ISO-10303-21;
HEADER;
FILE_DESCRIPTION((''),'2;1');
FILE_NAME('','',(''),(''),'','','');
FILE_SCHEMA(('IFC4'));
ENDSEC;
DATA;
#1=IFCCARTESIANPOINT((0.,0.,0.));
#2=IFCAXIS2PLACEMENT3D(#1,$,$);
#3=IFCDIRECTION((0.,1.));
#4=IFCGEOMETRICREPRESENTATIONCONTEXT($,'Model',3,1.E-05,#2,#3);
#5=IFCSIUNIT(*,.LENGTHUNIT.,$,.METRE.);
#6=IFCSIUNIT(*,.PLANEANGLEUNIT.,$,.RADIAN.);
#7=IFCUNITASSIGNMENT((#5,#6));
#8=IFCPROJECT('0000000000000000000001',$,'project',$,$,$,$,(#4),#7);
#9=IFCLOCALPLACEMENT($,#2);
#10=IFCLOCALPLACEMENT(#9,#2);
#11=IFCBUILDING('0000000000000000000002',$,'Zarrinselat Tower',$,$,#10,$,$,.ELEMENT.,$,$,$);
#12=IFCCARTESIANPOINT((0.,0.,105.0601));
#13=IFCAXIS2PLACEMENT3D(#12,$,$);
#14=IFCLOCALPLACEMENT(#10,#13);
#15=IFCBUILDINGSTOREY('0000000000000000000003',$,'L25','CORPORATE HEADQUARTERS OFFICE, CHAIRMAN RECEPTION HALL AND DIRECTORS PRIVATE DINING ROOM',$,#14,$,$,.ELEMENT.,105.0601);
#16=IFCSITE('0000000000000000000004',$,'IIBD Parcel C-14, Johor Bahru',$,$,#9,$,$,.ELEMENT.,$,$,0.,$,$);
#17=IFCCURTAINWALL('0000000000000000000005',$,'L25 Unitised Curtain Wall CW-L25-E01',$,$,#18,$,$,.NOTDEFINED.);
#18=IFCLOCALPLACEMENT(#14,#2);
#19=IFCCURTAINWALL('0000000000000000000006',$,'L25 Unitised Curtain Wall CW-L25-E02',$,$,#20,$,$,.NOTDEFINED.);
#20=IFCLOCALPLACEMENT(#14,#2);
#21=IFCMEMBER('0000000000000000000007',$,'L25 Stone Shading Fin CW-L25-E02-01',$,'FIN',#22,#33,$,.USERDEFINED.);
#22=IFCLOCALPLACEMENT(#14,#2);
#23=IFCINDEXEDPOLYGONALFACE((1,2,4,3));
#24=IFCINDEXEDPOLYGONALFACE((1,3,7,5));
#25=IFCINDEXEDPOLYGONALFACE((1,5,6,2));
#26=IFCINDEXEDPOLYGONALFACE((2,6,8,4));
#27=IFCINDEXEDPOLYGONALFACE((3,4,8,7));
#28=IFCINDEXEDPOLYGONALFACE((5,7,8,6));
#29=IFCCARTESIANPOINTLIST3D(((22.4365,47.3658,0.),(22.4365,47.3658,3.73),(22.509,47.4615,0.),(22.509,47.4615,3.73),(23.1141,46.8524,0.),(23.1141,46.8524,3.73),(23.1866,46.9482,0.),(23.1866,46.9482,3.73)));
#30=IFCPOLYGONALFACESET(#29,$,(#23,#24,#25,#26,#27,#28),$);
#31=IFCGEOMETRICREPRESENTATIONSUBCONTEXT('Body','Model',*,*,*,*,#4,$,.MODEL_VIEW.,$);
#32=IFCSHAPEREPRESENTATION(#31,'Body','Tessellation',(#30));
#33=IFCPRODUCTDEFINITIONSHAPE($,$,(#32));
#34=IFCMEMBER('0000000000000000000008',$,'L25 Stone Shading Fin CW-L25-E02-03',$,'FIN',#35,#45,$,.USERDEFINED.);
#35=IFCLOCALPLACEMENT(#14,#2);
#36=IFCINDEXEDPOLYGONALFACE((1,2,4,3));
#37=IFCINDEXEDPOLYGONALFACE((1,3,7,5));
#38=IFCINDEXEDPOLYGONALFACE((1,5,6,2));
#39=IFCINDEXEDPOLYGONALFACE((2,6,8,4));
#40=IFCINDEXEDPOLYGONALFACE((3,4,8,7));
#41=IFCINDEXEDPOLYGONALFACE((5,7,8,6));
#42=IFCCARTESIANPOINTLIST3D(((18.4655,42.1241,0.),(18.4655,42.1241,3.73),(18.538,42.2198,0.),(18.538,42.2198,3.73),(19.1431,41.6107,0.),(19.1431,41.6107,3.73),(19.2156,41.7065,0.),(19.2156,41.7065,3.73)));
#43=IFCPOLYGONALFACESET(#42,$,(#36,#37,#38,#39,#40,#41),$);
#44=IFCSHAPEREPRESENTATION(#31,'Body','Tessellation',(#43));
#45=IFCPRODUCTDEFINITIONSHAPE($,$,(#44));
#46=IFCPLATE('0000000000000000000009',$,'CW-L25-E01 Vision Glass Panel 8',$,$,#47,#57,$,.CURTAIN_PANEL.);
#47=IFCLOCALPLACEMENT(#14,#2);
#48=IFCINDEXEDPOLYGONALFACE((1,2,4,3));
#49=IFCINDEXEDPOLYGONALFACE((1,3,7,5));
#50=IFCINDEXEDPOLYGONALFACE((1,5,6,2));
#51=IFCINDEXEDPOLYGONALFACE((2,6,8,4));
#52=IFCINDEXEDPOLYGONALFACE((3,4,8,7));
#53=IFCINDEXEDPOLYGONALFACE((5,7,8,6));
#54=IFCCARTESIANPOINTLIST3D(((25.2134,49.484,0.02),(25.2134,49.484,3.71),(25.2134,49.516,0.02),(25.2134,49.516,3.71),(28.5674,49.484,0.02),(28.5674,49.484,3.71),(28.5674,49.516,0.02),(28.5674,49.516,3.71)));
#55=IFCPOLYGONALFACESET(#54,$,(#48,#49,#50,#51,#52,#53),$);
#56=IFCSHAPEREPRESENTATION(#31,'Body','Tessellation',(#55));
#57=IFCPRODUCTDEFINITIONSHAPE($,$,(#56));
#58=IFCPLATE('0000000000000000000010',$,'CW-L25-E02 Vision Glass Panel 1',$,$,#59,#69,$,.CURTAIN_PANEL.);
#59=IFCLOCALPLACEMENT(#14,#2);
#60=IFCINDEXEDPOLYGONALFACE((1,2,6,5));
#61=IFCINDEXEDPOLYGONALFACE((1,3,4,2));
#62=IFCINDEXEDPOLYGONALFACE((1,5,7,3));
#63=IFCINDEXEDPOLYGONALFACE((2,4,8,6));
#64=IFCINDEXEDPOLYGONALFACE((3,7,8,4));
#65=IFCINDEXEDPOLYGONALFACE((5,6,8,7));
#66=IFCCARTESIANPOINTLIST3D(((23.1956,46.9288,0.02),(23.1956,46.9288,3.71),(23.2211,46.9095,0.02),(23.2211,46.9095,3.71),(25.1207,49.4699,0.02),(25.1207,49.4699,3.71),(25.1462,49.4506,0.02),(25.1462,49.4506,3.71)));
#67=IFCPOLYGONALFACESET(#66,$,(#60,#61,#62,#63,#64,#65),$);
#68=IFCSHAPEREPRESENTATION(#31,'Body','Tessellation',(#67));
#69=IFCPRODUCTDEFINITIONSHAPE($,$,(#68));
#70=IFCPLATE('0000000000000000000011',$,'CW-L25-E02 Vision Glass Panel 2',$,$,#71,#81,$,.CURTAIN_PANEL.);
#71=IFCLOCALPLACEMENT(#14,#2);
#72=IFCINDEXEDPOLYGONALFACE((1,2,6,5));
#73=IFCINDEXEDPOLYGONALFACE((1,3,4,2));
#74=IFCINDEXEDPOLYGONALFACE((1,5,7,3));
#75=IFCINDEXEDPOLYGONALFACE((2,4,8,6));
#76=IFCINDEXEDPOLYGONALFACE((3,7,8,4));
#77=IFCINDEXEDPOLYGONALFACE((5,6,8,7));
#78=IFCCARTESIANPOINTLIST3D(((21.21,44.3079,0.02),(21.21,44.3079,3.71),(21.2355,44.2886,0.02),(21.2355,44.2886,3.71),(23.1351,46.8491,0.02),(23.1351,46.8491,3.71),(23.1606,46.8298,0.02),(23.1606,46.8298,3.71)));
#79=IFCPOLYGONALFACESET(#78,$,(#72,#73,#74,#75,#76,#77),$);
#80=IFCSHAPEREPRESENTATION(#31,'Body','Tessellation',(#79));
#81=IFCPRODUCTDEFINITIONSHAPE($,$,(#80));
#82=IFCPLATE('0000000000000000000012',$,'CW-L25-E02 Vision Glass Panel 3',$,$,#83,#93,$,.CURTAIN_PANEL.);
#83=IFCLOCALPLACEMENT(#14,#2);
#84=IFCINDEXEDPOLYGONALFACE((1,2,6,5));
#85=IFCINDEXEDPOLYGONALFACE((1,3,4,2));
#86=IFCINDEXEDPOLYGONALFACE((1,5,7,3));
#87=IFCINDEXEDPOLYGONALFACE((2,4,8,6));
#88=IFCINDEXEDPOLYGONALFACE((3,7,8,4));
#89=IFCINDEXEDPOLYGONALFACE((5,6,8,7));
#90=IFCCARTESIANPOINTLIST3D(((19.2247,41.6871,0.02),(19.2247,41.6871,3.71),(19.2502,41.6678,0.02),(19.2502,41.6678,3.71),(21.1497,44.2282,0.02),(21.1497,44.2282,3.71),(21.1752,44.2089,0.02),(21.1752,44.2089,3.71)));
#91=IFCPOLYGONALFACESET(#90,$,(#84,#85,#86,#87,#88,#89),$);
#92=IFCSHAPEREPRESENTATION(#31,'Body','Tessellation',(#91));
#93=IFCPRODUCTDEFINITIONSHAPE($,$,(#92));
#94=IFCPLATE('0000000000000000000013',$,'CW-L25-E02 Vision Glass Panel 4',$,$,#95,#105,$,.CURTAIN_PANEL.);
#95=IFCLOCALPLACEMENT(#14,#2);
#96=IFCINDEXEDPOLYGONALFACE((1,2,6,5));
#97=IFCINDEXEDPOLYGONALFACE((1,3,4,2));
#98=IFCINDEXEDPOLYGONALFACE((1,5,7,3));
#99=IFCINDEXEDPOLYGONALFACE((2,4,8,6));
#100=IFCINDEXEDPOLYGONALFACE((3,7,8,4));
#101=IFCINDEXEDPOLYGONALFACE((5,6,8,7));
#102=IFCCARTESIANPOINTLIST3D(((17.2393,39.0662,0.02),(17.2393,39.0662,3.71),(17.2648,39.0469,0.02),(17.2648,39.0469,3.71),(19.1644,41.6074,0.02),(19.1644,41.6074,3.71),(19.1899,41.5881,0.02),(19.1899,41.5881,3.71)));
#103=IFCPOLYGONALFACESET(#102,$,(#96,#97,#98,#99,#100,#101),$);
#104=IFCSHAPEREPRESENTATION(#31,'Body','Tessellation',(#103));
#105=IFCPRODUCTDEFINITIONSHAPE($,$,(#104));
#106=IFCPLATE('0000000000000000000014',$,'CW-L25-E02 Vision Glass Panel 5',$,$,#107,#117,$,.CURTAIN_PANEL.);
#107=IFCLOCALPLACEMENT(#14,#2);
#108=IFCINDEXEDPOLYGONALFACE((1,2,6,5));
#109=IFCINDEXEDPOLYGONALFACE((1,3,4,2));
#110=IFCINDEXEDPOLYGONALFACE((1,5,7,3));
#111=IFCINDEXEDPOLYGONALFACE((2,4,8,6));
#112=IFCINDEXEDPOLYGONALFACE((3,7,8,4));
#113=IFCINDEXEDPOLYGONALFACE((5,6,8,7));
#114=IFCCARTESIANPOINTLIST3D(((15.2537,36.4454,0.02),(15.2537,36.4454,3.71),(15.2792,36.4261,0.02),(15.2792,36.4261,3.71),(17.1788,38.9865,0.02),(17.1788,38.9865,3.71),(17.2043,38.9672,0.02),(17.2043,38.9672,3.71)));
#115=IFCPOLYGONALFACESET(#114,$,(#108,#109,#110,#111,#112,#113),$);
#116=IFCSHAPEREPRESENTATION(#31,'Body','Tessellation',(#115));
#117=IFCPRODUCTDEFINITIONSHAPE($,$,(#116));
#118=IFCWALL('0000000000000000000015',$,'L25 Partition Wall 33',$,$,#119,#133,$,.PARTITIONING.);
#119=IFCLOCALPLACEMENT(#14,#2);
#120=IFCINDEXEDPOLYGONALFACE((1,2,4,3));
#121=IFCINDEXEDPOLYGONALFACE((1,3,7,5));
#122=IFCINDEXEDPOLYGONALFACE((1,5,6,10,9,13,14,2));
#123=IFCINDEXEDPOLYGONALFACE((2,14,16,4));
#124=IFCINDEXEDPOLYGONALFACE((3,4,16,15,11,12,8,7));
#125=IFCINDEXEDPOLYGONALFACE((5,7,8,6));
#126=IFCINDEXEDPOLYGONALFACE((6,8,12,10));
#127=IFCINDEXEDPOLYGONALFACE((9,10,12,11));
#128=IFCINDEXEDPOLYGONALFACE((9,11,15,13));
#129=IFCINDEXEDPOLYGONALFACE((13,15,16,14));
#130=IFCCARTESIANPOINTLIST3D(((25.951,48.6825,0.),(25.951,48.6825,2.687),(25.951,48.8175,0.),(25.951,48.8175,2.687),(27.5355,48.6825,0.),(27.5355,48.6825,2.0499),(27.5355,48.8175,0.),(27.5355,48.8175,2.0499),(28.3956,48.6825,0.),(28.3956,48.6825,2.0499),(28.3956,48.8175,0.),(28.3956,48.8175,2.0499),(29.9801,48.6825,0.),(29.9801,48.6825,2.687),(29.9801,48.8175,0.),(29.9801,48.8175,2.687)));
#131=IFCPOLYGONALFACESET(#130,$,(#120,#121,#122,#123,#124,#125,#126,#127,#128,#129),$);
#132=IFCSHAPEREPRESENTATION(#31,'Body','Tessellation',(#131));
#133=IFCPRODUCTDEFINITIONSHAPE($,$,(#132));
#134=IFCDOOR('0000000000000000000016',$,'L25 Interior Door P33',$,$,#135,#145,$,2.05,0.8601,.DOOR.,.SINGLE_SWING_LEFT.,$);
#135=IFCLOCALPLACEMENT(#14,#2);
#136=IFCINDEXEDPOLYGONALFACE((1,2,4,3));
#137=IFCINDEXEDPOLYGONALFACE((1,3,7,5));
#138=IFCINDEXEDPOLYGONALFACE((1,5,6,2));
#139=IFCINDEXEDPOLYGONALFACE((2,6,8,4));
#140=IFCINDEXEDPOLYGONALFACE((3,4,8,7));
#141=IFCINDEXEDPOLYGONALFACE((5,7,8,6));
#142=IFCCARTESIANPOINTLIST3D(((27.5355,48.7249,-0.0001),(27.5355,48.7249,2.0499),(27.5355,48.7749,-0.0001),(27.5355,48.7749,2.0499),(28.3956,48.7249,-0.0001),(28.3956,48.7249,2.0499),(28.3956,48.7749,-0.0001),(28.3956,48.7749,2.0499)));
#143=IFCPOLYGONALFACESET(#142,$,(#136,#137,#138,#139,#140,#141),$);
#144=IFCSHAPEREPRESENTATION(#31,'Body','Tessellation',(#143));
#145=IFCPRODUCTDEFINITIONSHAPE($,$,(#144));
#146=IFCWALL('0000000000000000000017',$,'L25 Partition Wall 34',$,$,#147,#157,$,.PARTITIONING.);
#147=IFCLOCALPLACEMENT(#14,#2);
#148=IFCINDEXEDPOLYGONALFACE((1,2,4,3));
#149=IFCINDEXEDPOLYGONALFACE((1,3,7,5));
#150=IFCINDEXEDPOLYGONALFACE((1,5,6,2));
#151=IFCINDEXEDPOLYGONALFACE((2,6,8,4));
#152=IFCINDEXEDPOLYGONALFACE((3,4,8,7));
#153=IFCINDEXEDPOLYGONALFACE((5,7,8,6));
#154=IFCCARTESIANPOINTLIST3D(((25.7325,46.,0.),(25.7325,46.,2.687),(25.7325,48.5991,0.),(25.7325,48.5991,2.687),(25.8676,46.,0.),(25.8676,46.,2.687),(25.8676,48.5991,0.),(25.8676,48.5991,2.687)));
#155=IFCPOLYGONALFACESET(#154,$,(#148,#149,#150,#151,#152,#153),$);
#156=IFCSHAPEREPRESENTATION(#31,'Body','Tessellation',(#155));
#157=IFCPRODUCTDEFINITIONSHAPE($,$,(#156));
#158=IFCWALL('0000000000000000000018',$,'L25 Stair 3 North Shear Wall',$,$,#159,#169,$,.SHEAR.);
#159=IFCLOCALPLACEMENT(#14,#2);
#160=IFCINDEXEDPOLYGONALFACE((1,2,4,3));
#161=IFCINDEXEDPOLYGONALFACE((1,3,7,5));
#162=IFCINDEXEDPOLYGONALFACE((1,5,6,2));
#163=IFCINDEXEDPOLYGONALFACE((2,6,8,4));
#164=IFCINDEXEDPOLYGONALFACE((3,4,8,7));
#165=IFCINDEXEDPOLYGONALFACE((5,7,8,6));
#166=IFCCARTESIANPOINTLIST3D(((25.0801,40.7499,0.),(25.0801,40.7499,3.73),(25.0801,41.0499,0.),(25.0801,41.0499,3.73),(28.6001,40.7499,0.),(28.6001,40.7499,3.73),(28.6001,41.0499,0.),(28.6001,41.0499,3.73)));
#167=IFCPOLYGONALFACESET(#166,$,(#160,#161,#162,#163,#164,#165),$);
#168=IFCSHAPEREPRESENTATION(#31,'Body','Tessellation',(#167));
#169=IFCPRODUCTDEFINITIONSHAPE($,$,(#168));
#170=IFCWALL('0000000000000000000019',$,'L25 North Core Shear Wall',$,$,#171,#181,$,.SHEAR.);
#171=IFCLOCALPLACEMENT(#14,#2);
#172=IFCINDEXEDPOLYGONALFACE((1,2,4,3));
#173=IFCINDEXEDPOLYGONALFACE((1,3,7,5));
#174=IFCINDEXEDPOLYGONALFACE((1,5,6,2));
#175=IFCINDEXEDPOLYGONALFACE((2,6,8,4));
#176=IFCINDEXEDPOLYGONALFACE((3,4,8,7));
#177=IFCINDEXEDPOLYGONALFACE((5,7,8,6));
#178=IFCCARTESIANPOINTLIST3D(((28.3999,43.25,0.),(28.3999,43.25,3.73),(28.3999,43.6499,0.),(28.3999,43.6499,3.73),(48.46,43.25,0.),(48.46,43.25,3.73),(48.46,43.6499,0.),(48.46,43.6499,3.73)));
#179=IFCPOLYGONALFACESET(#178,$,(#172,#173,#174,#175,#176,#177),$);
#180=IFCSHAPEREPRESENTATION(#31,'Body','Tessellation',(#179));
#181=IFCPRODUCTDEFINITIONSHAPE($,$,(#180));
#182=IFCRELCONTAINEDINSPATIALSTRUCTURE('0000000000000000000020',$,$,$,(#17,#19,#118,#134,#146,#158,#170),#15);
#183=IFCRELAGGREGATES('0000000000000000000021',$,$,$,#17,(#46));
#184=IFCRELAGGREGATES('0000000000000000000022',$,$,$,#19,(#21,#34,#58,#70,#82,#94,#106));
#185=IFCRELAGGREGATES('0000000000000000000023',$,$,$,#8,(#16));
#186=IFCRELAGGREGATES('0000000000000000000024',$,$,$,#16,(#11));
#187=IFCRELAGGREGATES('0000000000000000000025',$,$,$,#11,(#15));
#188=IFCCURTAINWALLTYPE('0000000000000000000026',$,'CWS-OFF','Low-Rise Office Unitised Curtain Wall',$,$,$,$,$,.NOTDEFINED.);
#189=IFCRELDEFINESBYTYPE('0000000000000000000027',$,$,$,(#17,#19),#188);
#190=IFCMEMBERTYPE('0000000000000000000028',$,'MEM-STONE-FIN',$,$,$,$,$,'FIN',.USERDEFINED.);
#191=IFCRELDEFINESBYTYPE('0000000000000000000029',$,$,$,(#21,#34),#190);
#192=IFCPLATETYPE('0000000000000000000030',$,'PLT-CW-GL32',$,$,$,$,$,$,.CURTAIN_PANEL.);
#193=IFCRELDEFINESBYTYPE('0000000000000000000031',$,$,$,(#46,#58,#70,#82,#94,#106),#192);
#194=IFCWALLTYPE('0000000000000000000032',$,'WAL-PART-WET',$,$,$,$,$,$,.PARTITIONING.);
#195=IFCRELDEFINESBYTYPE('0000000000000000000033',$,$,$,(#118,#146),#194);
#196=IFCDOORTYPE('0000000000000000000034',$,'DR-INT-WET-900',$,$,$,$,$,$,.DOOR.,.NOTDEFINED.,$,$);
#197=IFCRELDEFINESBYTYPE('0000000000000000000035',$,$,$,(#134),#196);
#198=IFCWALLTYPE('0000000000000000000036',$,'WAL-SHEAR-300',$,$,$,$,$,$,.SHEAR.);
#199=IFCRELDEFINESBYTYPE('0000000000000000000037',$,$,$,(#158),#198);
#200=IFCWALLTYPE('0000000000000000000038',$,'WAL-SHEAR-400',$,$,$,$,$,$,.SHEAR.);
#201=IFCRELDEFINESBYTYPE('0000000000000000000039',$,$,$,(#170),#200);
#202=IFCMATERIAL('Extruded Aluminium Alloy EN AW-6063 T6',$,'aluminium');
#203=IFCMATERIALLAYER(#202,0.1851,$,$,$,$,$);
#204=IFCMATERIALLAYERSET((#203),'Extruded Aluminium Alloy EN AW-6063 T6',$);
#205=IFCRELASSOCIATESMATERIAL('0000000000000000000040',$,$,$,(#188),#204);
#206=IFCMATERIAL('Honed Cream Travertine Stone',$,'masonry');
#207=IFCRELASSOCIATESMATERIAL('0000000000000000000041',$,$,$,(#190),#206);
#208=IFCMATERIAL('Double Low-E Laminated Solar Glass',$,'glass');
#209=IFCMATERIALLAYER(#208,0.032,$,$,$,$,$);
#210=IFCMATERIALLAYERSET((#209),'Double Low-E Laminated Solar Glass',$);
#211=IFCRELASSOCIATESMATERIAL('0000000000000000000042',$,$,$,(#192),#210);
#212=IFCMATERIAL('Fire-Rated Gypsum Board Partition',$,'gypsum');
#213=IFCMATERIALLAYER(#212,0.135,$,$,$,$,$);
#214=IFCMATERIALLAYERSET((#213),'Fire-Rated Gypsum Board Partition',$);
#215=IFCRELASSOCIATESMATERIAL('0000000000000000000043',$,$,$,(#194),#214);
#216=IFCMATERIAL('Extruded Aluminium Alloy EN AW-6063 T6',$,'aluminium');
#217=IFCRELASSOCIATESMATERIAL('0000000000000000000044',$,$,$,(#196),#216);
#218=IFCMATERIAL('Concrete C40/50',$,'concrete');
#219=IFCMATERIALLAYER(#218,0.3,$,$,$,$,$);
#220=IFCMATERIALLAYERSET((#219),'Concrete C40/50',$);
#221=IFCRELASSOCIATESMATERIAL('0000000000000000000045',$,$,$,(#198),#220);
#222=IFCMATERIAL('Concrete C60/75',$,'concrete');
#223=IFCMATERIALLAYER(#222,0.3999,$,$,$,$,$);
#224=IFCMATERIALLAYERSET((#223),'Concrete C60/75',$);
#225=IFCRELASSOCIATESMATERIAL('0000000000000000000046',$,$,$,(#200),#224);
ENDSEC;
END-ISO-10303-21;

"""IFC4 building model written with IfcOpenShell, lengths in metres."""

from ifc_helpers import new_model, si_unit, direction, frame, frame_2d, origin, origin_2d, place, context, subcontext, project, spatial, rectangle, extrude, material, layer, layer_set, material_profile, profile_set, type_object, element, fill, aggregate, save


model = new_model("IFC4")

# Units and contexts
model_context = context("Model", 3, precision=1e-05, world=origin(), true_north=direction((0.0, 1.0)))
body_context = subcontext(model_context, "Body", "Model", "MODEL_VIEW")
ifc_project = project(units=[si_unit("LENGTHUNIT", "METRE"), si_unit("PLANEANGLEUNIT", "RADIAN")], contexts=[model_context])

# Site, building, storey
site_placement = place(None, origin())
site = spatial("IfcSite", under=ifc_project, at=site_placement, Name="IIBD Parcel C-14, Johor Bahru", CompositionType="ELEMENT", RefElevation=0.0)
building_placement = place(site_placement, origin())
building = spatial("IfcBuilding", under=site, at=building_placement, Name="Zarrinselat Tower", CompositionType="ELEMENT")
storey_placement = place(building_placement, frame((0.0, 0.0, 105.0601)))
storey = spatial("IfcBuildingStorey", under=building, at=storey_placement, Name="L25", Description="CORPORATE HEADQUARTERS OFFICE, CHAIRMAN RECEPTION HALL AND DIRECTORS PRIVATE DINING ROOM", CompositionType="ELEMENT", Elevation=105.0601)

# Curtain walls
ifc_material_1 = material(Name="Extruded Aluminium Alloy EN AW-6063 T6", Category="aluminium")
ifc_layer_1 = layer(ifc_material_1, 0.1851)
ifc_layer_set_1 = layer_set([ifc_layer_1], Name="Extruded Aluminium Alloy EN AW-6063 T6")
curtain_wall_type = type_object("IfcCurtainWallType", Name="CWS-OFF", Description="Low-Rise Office Unitised Curtain Wall", PredefinedType="NOTDEFINED", material=ifc_layer_set_1)
curtain_wall_1_placement = place(storey_placement, origin())
curtain_wall_1 = element("IfcCurtainWall", 1, at=curtain_wall_1_placement, inside=storey, type_object=curtain_wall_type, Name="L25 Unitised Curtain Wall CW-L25-E01", PredefinedType="NOTDEFINED")
curtain_wall_2_placement = place(storey_placement, origin())
curtain_wall_2 = element("IfcCurtainWall", 2, at=curtain_wall_2_placement, inside=storey, type_object=curtain_wall_type, Name="L25 Unitised Curtain Wall CW-L25-E02", PredefinedType="NOTDEFINED")

# Members
ifc_material_2 = material(Name="Honed Cream Travertine Stone", Category="masonry")
ifc_material_profile_1 = material_profile(ifc_material_2, rectangle(XDim=0.1201, YDim=0.8501, at=origin_2d()), Name="FIN 850x120")
ifc_profile_set_1 = profile_set([ifc_material_profile_1], Name="Honed Cream Travertine Stone")
member_type_1 = type_object("IfcMemberType", Name="MEM-STONE-FIN", ElementType="FIN", PredefinedType="USERDEFINED", material=ifc_profile_set_1)
member_1_placement = place(storey_placement, frame((22.8115, 47.157, 0.0), z_axis=(0.0, 0.0, 1.0), x_axis=(0.603855, 0.797094, 0.0)))
member_1 = element("IfcMember", 3, at=member_1_placement, type_object=member_type_1, Name="L25 Stone Shading Fin CW-L25-E02-01", ObjectType="FIN", PredefinedType="USERDEFINED", context=body_context, shape_type="SweptSolid", body=[
    extrude(rectangle(XDim=0.1201, YDim=0.8501, at=origin_2d()), origin(), (0.0, 0.0, 1.0), 3.73),
])
member_2_placement = place(storey_placement, frame((18.8406, 41.9153, 0.0), z_axis=(0.0, 0.0, 1.0), x_axis=(0.603855, 0.797094, 0.0)))
member_2 = element("IfcMember", 4, at=member_2_placement, type_object=member_type_1, Name="L25 Stone Shading Fin CW-L25-E02-03", ObjectType="FIN", PredefinedType="USERDEFINED", context=body_context, shape_type="SweptSolid", body=[
    extrude(rectangle(XDim=0.1201, YDim=0.8501, at=origin_2d()), origin(), (0.0, 0.0, 1.0), 3.73),
])

# Plates
ifc_material_3 = material(Name="Double Low-E Laminated Solar Glass", Category="glass")
ifc_layer_2 = layer(ifc_material_3, 0.032)
ifc_layer_set_2 = layer_set([ifc_layer_2], Name="Double Low-E Laminated Solar Glass")
plate_type = type_object("IfcPlateType", Name="PLT-CW-GL32", PredefinedType="CURTAIN_PANEL", material=ifc_layer_set_2)
plate_1_placement = place(storey_placement, frame((26.8904, 49.5, 0.02), z_axis=(0.0, 0.0, 1.0), x_axis=(-1.0, 0.0, 0.0)))
plate_1 = element("IfcPlate", 5, at=plate_1_placement, type_object=plate_type, Name="CW-L25-E01 Vision Glass Panel 8", PredefinedType="CURTAIN_PANEL", context=body_context, shape_type="SweptSolid", body=[
    extrude(rectangle(XDim=3.354, YDim=0.032, at=origin_2d()), origin(), (0.0, 0.0, 1.0), 3.6899),
])
aggregate(curtain_wall_1, [plate_1])
plate_2_placement = place(storey_placement, frame((24.1709, 48.1897, 0.02), z_axis=(0.0, 0.0, 1.0), x_axis=(-0.603855, -0.797094, 0.0)))
plate_2 = element("IfcPlate", 6, at=plate_2_placement, type_object=plate_type, Name="CW-L25-E02 Vision Glass Panel 1", PredefinedType="CURTAIN_PANEL", context=body_context, shape_type="SweptSolid", body=[
    extrude(rectangle(XDim=3.188, YDim=0.032, at=origin_2d()), origin(), (0.0, 0.0, 1.0), 3.6899),
])
plate_3_placement = place(storey_placement, frame((22.1853, 45.5688, 0.02), z_axis=(0.0, 0.0, 1.0), x_axis=(-0.603855, -0.797094, 0.0)))
plate_3 = element("IfcPlate", 7, at=plate_3_placement, type_object=plate_type, Name="CW-L25-E02 Vision Glass Panel 2", PredefinedType="CURTAIN_PANEL", context=body_context, shape_type="SweptSolid", body=[
    extrude(rectangle(XDim=3.188, YDim=0.032, at=origin_2d()), origin(), (0.0, 0.0, 1.0), 3.6899),
])
plate_4_placement = place(storey_placement, frame((20.2, 42.948, 0.02), z_axis=(0.0, 0.0, 1.0), x_axis=(-0.603855, -0.797094, 0.0)))
plate_4 = element("IfcPlate", 8, at=plate_4_placement, type_object=plate_type, Name="CW-L25-E02 Vision Glass Panel 3", PredefinedType="CURTAIN_PANEL", context=body_context, shape_type="SweptSolid", body=[
    extrude(rectangle(XDim=3.188, YDim=0.032, at=origin_2d()), origin(), (0.0, 0.0, 1.0), 3.6899),
])
plate_5_placement = place(storey_placement, frame((18.2146, 40.3271, 0.02), z_axis=(0.0, 0.0, 1.0), x_axis=(-0.603855, -0.797094, 0.0)))
plate_5 = element("IfcPlate", 9, at=plate_5_placement, type_object=plate_type, Name="CW-L25-E02 Vision Glass Panel 4", PredefinedType="CURTAIN_PANEL", context=body_context, shape_type="SweptSolid", body=[
    extrude(rectangle(XDim=3.188, YDim=0.032, at=origin_2d()), origin(), (0.0, 0.0, 1.0), 3.6899),
])
plate_6_placement = place(storey_placement, frame((16.229, 37.7063, 0.02), z_axis=(0.0, 0.0, 1.0), x_axis=(-0.603855, -0.797094, 0.0)))
plate_6 = element("IfcPlate", 10, at=plate_6_placement, type_object=plate_type, Name="CW-L25-E02 Vision Glass Panel 5", PredefinedType="CURTAIN_PANEL", context=body_context, shape_type="SweptSolid", body=[
    extrude(rectangle(XDim=3.188, YDim=0.032, at=origin_2d()), origin(), (0.0, 0.0, 1.0), 3.6899),
])
aggregate(curtain_wall_2, [member_1, member_2, plate_2, plate_3, plate_4, plate_5, plate_6])

# Wall, opening, door
ifc_material_4 = material(Name="Fire-Rated Gypsum Board Partition", Category="gypsum")
ifc_layer_3 = layer(ifc_material_4, 0.135)
ifc_layer_set_3 = layer_set([ifc_layer_3], Name="Fire-Rated Gypsum Board Partition")
wall_type_1 = type_object("IfcWallType", Name="WAL-PART-WET", PredefinedType="PARTITIONING", material=ifc_layer_set_3)
wall_1_placement = place(storey_placement, frame((25.9509, 48.75, 0.0), z_axis=(0.0, 0.0, 1.0), x_axis=(1.0, 0.0, 0.0)))
wall_1 = element("IfcWall", 11, at=wall_1_placement, inside=storey, type_object=wall_type_1, Name="L25 Partition Wall 33", PredefinedType="PARTITIONING", context=body_context, shape_type="SweptSolid", body=[
    extrude(rectangle(XDim=4.0291, YDim=0.135, at=frame_2d((2.0146, 0.0))), origin(), (0.0, 0.0, 1.0), 2.687),
])
opening_placement = place(wall_1_placement, frame((1.5845, 0.0, 0.0)))
opening = element("IfcOpeningElement", 12, at=opening_placement, cuts=wall_1, PredefinedType="OPENING", context=body_context, shape_type="SweptSolid", body=[
    extrude(rectangle(XDim=0.8601, YDim=2.05, at=frame_2d((0.4302, 1.0249))), frame((0.0, 0.0774, 0.0), z_axis=(0.0, -1.0, 0.0), x_axis=(1.0, 0.0, 0.0)), (0.0, 0.0, 1.0), 0.155),
])
ifc_material_5 = material(Name="Extruded Aluminium Alloy EN AW-6063 T6", Category="aluminium")
door_type = type_object("IfcDoorType", Name="DR-INT-WET-900", OperationType="NOTDEFINED", PredefinedType="DOOR", material=ifc_material_5)
door_placement = place(opening_placement, origin())
door = element("IfcDoor", 13, at=door_placement, inside=storey, type_object=door_type, Name="L25 Interior Door P33", OperationType="SINGLE_SWING_LEFT", OverallHeight=2.05, OverallWidth=0.8601, PredefinedType="DOOR", context=body_context, shape_type="SweptSolid", body=[
    extrude(rectangle(XDim=0.8601, YDim=2.05, at=frame_2d((0.4302, 1.0249))), frame((0.0, 0.0249, 0.0), z_axis=(0.0, -1.0, 0.0), x_axis=(1.0, 0.0, 0.0)), (0.0, 0.0, 1.0), 0.05),
])
fill(opening, door)

# Walls
wall_2_placement = place(storey_placement, frame((25.8, 46.0, 0.0), z_axis=(0.0, 0.0, 1.0), x_axis=(0.0, 1.0, 0.0)))
element("IfcWall", 14, at=wall_2_placement, inside=storey, type_object=wall_type_1, Name="L25 Partition Wall 34", PredefinedType="PARTITIONING", context=body_context, shape_type="SweptSolid", body=[
    extrude(rectangle(XDim=2.5991, YDim=0.135, at=frame_2d((1.2996, 0.0))), origin(), (0.0, 0.0, 1.0), 2.687),
])
ifc_material_6 = material(Name="Concrete C40/50", Category="concrete")
ifc_layer_4 = layer(ifc_material_6, 0.3)
ifc_layer_set_4 = layer_set([ifc_layer_4], Name="Concrete C40/50")
wall_type_2 = type_object("IfcWallType", Name="WAL-SHEAR-300", PredefinedType="SHEAR", material=ifc_layer_set_4)
wall_3_placement = place(storey_placement, frame((25.0801, 40.8999, 0.0), z_axis=(0.0, 0.0, 1.0), x_axis=(1.0, 0.0, 0.0)))
element("IfcWall", 15, at=wall_3_placement, inside=storey, type_object=wall_type_2, Name="L25 Stair 3 North Shear Wall", PredefinedType="SHEAR", context=body_context, shape_type="SweptSolid", body=[
    extrude(rectangle(XDim=3.52, YDim=0.3, at=frame_2d((1.76, 0.0))), origin(), (0.0, 0.0, 1.0), 3.73),
])
ifc_material_7 = material(Name="Concrete C60/75", Category="concrete")
ifc_layer_5 = layer(ifc_material_7, 0.3999)
ifc_layer_set_5 = layer_set([ifc_layer_5], Name="Concrete C60/75")
wall_type_3 = type_object("IfcWallType", Name="WAL-SHEAR-400", PredefinedType="SHEAR", material=ifc_layer_set_5)
wall_4_placement = place(storey_placement, frame((28.3999, 43.45, 0.0), z_axis=(0.0, 0.0, 1.0), x_axis=(1.0, 0.0, 0.0)))
element("IfcWall", 16, at=wall_4_placement, inside=storey, type_object=wall_type_3, Name="L25 North Core Shear Wall", PredefinedType="SHEAR", context=body_context, shape_type="SweptSolid", body=[
    extrude(rectangle(XDim=20.0601, YDim=0.3999, at=frame_2d((10.03, 0.0))), origin(), (0.0, 0.0, 1.0), 3.73),
])

save(model, "model.ifc")
